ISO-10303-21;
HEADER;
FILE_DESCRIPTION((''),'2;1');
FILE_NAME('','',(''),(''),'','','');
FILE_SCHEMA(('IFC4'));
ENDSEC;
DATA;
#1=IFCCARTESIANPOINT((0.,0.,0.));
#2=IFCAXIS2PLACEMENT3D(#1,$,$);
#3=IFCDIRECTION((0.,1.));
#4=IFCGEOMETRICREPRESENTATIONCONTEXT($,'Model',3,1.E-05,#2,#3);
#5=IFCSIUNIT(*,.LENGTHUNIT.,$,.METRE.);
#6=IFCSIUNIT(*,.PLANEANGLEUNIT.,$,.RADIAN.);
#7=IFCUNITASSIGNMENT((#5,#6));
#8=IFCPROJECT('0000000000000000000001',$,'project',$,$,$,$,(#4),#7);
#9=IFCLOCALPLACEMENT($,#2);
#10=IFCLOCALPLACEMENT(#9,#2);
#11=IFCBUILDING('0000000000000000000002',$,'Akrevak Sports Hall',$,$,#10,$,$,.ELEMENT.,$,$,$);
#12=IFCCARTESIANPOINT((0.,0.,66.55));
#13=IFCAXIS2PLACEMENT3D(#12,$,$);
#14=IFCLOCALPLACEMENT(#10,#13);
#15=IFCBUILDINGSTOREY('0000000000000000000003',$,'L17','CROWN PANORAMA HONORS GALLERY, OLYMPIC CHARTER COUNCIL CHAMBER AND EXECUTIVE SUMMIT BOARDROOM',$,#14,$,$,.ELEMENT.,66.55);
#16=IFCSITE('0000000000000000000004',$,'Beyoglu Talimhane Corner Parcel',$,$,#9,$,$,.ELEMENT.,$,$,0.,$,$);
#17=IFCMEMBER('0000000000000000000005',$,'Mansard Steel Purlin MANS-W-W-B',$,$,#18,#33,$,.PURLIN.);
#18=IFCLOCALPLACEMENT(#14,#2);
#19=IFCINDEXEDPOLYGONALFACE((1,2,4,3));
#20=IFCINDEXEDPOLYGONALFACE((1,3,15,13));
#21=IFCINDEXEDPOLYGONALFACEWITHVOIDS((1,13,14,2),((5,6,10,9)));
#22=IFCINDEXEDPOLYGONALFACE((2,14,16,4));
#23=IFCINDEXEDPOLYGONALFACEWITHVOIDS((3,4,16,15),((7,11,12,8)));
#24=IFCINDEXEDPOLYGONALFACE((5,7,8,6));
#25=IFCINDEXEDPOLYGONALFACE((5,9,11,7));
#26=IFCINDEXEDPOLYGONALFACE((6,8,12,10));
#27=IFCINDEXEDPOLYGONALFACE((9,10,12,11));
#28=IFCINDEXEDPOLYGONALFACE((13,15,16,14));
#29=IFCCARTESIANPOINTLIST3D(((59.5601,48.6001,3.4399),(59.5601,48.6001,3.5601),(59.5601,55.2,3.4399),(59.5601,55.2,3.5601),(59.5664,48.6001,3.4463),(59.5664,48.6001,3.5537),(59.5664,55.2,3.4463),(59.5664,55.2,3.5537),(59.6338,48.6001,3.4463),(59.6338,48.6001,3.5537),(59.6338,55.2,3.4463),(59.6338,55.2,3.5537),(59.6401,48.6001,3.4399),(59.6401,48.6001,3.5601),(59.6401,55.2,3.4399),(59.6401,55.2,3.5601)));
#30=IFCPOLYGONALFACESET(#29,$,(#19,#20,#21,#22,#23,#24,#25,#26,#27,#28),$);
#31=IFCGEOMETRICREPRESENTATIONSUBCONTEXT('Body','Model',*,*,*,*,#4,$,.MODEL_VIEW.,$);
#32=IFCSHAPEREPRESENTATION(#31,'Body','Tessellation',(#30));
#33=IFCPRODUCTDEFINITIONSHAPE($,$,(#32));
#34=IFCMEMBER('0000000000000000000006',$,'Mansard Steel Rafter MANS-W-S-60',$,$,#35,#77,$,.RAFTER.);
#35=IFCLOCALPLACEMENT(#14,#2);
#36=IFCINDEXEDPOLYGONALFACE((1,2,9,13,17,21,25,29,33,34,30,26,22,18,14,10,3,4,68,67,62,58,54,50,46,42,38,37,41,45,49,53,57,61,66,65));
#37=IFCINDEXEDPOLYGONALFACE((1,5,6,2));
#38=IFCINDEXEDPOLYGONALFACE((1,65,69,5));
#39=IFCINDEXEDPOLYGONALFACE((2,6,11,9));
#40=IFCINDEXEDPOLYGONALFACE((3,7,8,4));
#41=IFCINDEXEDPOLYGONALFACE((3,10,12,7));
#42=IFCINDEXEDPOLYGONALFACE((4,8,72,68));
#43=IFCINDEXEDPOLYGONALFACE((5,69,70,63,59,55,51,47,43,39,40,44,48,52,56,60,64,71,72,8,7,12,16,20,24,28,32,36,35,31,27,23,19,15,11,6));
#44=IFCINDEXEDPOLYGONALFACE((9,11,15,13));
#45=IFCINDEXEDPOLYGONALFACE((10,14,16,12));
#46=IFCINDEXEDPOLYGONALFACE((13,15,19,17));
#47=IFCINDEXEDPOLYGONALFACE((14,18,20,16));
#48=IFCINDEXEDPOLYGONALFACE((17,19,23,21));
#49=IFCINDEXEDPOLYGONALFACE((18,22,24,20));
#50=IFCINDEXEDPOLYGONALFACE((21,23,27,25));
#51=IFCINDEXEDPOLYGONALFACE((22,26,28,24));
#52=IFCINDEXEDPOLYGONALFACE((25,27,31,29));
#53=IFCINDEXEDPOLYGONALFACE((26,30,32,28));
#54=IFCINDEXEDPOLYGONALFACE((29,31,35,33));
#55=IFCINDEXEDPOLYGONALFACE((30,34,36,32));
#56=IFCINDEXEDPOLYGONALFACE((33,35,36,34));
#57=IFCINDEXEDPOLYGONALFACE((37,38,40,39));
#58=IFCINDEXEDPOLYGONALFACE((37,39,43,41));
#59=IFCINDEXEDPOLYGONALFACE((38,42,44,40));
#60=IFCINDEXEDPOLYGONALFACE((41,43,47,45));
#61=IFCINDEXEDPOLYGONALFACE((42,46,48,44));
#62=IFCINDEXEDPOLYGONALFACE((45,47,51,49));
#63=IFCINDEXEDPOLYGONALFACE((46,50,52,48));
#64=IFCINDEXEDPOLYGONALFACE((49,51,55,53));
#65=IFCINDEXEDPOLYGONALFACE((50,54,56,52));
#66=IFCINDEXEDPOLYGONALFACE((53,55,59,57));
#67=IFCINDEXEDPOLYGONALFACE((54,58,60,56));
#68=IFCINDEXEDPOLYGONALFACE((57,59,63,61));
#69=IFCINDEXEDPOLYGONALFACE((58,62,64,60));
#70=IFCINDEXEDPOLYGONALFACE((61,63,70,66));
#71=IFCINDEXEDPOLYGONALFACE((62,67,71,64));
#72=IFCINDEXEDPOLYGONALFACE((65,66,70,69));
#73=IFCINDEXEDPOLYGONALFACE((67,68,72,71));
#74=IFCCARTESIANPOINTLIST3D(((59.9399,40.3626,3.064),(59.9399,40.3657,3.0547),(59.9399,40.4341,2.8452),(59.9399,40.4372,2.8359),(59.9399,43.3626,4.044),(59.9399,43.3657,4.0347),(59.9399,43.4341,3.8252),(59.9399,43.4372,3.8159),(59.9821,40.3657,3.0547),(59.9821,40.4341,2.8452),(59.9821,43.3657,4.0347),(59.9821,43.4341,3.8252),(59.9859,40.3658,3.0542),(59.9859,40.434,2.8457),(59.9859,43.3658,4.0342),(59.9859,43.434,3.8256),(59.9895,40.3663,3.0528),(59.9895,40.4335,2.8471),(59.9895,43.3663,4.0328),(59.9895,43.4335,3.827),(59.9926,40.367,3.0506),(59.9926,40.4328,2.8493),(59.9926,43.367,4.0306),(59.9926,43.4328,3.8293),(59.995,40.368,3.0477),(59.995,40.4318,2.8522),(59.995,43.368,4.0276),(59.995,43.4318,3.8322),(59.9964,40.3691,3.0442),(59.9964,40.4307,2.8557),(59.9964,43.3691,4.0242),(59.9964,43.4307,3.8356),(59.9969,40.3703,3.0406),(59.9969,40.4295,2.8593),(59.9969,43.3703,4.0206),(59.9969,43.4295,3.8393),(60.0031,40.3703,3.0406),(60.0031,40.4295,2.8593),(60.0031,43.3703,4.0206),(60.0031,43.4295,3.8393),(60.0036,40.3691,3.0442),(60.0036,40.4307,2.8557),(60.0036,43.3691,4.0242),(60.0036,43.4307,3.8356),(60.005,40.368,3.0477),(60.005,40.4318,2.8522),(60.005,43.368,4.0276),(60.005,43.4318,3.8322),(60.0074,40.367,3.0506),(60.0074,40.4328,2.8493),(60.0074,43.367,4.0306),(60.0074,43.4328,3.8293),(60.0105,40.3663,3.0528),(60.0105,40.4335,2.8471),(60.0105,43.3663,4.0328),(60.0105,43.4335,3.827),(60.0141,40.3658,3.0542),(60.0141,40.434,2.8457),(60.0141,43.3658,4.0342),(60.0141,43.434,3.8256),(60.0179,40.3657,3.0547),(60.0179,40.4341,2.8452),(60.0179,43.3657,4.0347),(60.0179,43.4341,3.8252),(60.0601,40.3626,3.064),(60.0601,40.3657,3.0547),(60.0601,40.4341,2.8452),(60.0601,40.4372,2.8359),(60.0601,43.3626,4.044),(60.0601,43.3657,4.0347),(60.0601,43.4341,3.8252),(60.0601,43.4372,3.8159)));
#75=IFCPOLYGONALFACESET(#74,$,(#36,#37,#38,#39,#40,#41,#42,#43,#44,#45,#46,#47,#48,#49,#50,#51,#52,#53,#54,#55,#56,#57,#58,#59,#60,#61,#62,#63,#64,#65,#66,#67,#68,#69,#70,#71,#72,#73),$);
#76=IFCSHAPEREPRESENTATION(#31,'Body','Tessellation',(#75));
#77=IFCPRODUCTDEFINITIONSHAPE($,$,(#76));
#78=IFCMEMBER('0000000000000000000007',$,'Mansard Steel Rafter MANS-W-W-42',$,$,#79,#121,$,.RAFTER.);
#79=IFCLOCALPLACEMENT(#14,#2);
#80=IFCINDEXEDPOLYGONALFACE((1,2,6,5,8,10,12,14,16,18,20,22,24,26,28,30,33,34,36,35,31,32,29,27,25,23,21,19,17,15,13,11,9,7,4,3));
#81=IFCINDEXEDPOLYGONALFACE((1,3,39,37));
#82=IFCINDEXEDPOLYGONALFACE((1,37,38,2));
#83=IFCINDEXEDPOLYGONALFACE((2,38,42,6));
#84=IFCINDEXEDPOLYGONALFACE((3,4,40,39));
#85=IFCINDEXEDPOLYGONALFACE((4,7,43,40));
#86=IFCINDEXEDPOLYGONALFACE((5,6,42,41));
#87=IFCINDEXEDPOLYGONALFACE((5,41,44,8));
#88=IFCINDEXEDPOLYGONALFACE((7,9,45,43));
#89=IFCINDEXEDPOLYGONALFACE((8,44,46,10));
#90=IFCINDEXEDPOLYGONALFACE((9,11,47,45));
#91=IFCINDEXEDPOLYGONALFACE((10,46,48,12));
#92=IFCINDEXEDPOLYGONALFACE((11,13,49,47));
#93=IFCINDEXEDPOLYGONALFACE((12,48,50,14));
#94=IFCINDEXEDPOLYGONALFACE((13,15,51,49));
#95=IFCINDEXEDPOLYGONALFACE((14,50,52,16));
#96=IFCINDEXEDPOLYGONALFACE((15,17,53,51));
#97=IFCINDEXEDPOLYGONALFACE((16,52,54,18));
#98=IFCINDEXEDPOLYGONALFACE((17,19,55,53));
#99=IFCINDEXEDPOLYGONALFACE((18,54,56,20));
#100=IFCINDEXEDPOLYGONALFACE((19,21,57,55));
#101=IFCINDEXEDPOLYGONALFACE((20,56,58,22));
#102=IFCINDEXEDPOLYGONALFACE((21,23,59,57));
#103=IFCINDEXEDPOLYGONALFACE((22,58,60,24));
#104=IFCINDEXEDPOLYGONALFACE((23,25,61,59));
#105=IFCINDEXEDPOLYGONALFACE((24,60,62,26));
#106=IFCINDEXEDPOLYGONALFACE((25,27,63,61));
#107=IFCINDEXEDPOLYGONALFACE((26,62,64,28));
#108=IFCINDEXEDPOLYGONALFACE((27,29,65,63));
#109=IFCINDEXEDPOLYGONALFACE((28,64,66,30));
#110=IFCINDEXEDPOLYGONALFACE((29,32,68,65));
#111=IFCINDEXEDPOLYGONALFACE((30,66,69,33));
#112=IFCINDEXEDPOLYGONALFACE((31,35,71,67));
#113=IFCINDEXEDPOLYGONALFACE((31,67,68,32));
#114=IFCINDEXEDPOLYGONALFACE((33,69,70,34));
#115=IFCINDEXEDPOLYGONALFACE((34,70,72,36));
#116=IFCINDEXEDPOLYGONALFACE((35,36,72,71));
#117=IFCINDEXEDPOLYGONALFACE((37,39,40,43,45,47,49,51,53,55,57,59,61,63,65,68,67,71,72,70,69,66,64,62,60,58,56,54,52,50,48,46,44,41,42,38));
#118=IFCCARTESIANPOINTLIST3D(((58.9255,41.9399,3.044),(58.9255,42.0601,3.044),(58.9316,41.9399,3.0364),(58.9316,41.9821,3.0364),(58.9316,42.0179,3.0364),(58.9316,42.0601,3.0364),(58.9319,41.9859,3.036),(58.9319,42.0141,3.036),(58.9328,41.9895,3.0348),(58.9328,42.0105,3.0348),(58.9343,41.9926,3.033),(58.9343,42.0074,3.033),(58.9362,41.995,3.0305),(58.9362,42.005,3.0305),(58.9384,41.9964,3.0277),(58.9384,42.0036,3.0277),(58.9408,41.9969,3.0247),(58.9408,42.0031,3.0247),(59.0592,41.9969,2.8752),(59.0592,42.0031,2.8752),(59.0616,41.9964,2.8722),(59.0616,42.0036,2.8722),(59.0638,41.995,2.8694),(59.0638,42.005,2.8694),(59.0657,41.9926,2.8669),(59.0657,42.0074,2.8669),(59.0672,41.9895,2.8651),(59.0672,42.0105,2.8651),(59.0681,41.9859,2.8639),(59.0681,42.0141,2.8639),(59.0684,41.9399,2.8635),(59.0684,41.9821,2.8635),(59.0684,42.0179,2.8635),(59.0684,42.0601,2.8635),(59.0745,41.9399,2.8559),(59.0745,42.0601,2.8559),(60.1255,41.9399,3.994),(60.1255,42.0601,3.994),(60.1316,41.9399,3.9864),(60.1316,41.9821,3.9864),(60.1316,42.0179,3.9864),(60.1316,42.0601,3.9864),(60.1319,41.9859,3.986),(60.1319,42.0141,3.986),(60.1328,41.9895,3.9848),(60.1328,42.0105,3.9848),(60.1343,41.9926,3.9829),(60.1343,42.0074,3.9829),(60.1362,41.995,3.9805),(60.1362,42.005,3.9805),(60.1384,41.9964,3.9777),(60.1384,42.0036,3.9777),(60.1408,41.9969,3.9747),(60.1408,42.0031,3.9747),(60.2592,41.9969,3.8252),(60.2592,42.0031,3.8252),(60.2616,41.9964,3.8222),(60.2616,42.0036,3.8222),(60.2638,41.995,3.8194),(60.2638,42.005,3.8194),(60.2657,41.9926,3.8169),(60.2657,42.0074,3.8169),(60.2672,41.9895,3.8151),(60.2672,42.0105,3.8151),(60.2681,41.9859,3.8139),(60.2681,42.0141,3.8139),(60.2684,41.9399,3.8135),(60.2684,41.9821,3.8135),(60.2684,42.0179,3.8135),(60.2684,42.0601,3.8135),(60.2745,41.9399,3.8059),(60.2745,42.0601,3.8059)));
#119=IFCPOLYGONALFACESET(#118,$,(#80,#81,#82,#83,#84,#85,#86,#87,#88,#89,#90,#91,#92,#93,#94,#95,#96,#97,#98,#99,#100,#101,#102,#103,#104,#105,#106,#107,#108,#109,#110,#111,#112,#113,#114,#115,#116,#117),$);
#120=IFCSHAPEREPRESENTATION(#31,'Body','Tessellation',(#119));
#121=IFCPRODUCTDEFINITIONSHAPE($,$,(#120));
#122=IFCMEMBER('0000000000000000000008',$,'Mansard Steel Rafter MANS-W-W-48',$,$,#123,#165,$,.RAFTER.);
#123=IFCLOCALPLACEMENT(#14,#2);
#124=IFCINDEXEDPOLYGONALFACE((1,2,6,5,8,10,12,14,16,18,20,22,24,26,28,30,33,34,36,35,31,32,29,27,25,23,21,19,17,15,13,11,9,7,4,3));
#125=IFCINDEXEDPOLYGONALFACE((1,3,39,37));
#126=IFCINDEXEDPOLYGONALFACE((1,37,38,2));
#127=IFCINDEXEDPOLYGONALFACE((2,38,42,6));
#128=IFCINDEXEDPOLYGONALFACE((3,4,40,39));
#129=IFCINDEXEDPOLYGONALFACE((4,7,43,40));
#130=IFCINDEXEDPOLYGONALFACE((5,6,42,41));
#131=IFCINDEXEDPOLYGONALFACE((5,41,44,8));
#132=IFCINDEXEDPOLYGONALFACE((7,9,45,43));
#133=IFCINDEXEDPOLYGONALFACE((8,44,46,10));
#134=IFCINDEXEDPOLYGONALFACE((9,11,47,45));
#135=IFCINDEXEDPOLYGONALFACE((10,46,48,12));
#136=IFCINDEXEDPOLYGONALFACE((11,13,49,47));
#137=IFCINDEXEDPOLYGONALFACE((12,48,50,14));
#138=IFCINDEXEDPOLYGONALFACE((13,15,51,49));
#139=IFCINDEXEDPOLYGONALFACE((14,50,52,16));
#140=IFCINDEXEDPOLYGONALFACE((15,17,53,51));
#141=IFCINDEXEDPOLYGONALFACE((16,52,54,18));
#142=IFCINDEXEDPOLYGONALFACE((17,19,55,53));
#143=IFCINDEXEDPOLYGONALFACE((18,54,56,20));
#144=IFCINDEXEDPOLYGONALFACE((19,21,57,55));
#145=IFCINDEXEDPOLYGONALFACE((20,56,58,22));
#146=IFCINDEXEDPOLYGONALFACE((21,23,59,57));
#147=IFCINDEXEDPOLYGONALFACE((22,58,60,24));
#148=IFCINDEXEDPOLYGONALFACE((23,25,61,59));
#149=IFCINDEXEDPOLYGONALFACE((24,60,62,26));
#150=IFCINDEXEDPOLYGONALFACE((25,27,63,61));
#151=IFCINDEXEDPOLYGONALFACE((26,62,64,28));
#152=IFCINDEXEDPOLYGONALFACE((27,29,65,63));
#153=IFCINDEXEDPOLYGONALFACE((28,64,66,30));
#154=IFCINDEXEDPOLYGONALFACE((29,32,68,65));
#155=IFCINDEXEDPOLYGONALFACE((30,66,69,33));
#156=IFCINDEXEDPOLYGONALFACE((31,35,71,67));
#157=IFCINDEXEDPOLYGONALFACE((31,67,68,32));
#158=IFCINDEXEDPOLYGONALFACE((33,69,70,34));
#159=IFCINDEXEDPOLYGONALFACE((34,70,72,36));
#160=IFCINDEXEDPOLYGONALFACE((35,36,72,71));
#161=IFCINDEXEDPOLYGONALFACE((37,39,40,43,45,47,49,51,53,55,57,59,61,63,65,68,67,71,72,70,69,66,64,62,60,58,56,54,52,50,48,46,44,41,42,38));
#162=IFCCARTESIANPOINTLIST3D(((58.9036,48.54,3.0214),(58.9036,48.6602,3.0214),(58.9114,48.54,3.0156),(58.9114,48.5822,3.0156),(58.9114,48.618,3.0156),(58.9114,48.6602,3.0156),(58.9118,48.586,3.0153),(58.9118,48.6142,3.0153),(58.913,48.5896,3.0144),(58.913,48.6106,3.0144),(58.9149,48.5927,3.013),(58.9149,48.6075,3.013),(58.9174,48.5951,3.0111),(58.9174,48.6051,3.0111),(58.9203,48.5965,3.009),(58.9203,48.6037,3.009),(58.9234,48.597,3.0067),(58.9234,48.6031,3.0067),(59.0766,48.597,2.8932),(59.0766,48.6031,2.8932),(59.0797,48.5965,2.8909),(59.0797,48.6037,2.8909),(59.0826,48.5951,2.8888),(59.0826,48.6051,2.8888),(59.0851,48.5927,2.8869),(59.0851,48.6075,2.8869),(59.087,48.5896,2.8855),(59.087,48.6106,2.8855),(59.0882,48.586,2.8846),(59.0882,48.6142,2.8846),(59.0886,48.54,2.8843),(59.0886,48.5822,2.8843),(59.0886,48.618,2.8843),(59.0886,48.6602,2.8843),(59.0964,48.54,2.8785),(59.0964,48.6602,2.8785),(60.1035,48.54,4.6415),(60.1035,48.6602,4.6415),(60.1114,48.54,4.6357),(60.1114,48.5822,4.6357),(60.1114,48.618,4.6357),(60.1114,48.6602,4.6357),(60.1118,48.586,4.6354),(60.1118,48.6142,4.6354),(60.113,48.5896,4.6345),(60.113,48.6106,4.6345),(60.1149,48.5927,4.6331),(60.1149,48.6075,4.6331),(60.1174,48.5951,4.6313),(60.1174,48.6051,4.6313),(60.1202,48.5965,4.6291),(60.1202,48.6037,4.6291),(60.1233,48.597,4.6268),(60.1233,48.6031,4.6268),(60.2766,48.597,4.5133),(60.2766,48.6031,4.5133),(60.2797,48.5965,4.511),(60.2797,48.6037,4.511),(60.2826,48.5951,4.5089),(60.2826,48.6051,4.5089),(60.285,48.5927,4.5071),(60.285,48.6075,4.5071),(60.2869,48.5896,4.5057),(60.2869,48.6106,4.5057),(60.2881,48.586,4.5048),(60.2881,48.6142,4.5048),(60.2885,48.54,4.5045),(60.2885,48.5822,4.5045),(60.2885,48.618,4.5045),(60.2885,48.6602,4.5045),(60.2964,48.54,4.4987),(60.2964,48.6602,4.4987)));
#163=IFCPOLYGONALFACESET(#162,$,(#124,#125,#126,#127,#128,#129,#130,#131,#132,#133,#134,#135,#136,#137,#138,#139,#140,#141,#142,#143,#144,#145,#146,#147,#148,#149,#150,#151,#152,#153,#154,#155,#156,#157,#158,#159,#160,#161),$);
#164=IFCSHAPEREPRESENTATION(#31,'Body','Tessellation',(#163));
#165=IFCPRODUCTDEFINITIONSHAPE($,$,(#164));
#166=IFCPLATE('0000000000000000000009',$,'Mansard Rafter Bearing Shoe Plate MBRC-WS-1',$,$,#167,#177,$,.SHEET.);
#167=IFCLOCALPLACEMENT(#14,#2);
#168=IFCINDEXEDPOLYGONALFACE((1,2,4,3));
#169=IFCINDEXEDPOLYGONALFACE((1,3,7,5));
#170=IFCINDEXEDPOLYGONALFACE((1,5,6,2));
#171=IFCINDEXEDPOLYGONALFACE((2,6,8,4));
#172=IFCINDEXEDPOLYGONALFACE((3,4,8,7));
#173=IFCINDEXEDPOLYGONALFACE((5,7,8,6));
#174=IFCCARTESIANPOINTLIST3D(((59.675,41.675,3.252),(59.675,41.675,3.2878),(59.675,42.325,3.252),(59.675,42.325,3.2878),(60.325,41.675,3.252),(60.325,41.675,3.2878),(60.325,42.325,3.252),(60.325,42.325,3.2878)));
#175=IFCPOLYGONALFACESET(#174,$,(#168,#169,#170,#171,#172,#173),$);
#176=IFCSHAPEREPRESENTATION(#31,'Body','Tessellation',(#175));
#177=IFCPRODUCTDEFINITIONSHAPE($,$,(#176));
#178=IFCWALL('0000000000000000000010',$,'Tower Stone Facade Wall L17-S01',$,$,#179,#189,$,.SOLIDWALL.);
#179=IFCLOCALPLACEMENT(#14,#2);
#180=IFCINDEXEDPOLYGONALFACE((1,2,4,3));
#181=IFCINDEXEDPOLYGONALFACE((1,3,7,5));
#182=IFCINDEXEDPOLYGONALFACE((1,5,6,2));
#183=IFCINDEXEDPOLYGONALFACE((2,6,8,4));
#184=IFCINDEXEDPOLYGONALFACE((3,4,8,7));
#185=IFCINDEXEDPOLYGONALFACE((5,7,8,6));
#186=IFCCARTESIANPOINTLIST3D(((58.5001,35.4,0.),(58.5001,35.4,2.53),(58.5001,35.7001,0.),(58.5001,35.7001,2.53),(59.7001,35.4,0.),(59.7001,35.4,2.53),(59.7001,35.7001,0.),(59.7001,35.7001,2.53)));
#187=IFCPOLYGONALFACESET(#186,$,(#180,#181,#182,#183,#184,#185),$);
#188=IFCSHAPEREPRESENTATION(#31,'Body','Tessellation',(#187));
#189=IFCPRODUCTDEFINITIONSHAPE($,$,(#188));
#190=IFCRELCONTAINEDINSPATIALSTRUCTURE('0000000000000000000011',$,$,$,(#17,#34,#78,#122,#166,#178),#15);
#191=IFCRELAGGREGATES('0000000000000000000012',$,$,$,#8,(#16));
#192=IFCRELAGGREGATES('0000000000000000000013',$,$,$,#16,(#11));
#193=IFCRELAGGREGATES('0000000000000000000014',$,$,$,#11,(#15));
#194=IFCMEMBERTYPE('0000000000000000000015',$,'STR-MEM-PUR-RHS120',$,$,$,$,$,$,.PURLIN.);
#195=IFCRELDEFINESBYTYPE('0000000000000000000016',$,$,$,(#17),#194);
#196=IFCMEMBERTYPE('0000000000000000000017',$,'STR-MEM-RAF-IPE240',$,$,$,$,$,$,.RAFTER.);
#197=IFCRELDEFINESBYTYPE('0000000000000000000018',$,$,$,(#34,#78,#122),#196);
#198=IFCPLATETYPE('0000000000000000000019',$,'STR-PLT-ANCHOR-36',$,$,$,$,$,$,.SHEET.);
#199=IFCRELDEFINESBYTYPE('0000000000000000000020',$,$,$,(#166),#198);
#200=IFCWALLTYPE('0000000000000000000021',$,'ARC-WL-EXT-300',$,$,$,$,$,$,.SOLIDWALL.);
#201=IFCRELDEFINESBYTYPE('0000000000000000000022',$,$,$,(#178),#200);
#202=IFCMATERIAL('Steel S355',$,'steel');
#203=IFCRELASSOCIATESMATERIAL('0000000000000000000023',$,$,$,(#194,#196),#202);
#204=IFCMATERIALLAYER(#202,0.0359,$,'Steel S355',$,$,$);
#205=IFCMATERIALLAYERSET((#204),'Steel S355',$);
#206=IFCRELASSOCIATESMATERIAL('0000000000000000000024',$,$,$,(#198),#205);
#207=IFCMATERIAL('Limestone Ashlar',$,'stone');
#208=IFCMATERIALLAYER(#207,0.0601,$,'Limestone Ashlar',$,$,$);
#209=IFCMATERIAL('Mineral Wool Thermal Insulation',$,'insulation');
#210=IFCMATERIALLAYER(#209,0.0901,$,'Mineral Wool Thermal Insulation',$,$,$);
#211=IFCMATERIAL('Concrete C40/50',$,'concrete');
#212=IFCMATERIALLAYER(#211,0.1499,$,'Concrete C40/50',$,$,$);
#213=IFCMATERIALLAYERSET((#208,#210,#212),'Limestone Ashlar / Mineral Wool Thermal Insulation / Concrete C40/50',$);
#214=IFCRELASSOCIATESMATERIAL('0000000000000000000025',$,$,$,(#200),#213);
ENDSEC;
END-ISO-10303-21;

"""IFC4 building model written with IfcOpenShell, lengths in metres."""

from ifc_helpers import new_model, si_unit, direction, frame, frame_2d, origin, origin_2d, place, context, subcontext, project, spatial, rectangle, hollow_rectangle, i_section, extrude, material, layer, layer_set, material_profile, profile_set, type_object, element, save


model = new_model("IFC4")

# Units and contexts
model_context = context("Model", 3, precision=1e-05, world=origin(), true_north=direction((0.0, 1.0)))
body_context = subcontext(model_context, "Body", "Model", "MODEL_VIEW")
ifc_project = project(units=[si_unit("LENGTHUNIT", "METRE"), si_unit("PLANEANGLEUNIT", "RADIAN")], contexts=[model_context])

# Site, building, storey
site_placement = place(None, origin())
site = spatial("IfcSite", under=ifc_project, at=site_placement, Name="Beyoglu Talimhane Corner Parcel", CompositionType="ELEMENT", RefElevation=0.0)
building_placement = place(site_placement, origin())
building = spatial("IfcBuilding", under=site, at=building_placement, Name="Akrevak Sports Hall", CompositionType="ELEMENT")
storey_placement = place(building_placement, frame((0.0, 0.0, 66.55)))
storey = spatial("IfcBuildingStorey", under=building, at=storey_placement, Name="L17", Description="CROWN PANORAMA HONORS GALLERY, OLYMPIC CHARTER COUNCIL CHAMBER AND EXECUTIVE SUMMIT BOARDROOM", CompositionType="ELEMENT", Elevation=66.55)

# Shared definitions
ifc_material_1 = material(Name="Concrete C40/50", Category="concrete")

# Members
ifc_material_2 = material(Name="Steel S355", Category="steel")
ifc_material_profile_1 = material_profile(ifc_material_2, hollow_rectangle(XDim=0.0801, YDim=0.1201, WallThickness=0.0063, at=origin_2d()), Name="RHS 120x80x6.3", Category="steel")
ifc_profile_set_1 = profile_set([ifc_material_profile_1], Name="Steel S355")
member_type_1 = type_object("IfcMemberType", Name="STR-MEM-PUR-RHS120", PredefinedType="PURLIN", material=ifc_profile_set_1)
member_1_placement = place(storey_placement, frame((59.6001, 48.6001, 3.5), z_axis=(0.0, 1.0, 0.0), x_axis=(-1.0, 0.0, 0.0)))
element("IfcMember", 1, at=member_1_placement, inside=storey, type_object=member_type_1, Name="Mansard Steel Purlin MANS-W-W-B", PredefinedType="PURLIN", context=body_context, shape_type="SweptSolid", body=[
    extrude(hollow_rectangle(XDim=0.0801, YDim=0.1201, WallThickness=0.0063, at=origin_2d()), origin(), (0.0, 0.0, 1.0), 6.5999),
])
ifc_material_profile_2 = material_profile(ifc_material_2, i_section(OverallWidth=0.1201, OverallDepth=0.24, WebThickness=0.0061, FlangeThickness=0.0098, FilletRadius=0.0149, at=origin_2d()), Name="IPE 240", Category="steel")
ifc_profile_set_2 = profile_set([ifc_material_profile_2], Name="Steel S355")
member_type_2 = type_object("IfcMemberType", Name="STR-MEM-RAF-IPE240", PredefinedType="RAFTER", material=ifc_profile_set_2)
member_2_placement = place(storey_placement, frame((60.0, 40.3999, 2.95), z_axis=(0.0, 0.950569, 0.310513), x_axis=(-1.0, 0.0, 0.0)))
element("IfcMember", 2, at=member_2_placement, inside=storey, type_object=member_type_2, Name="Mansard Steel Rafter MANS-W-S-60", PredefinedType="RAFTER", context=body_context, shape_type="SweptSolid", body=[
    extrude(i_section(OverallWidth=0.1201, OverallDepth=0.24, WebThickness=0.0061, FlangeThickness=0.0098, FilletRadius=0.0149, at=origin_2d()), origin(), (0.0, 0.0, 1.0), 3.156),
])
member_3_placement = place(storey_placement, frame((59.0, 42.0, 2.95), z_axis=(0.784049, 0.0, 0.620699), x_axis=(0.0, 1.0, 0.0)))
element("IfcMember", 3, at=member_3_placement, inside=storey, type_object=member_type_2, Name="Mansard Steel Rafter MANS-W-W-42", PredefinedType="RAFTER", context=body_context, shape_type="SweptSolid", body=[
    extrude(i_section(OverallWidth=0.1201, OverallDepth=0.24, WebThickness=0.0061, FlangeThickness=0.0098, FilletRadius=0.0149, at=origin_2d()), origin(), (0.0, 0.0, 1.0), 1.5305),
])
member_4_placement = place(storey_placement, frame((59.0, 48.6001, 2.95), z_axis=(0.595184, 0.0, 0.803589), x_axis=(0.0, 1.0, 0.0)))
element("IfcMember", 4, at=member_4_placement, inside=storey, type_object=member_type_2, Name="Mansard Steel Rafter MANS-W-W-48", PredefinedType="RAFTER", context=body_context, shape_type="SweptSolid", body=[
    extrude(i_section(OverallWidth=0.1201, OverallDepth=0.24, WebThickness=0.0061, FlangeThickness=0.0098, FilletRadius=0.0149, at=origin_2d()), origin(), (0.0, 0.0, 1.0), 2.0161),
])

# Plate
ifc_layer_1 = layer(ifc_material_2, 0.0359, Name="Steel S355")
ifc_layer_set_1 = layer_set([ifc_layer_1], Name="Steel S355")
plate_type = type_object("IfcPlateType", Name="STR-PLT-ANCHOR-36", PredefinedType="SHEET", material=ifc_layer_set_1)
plate_placement = place(storey_placement, frame((60.0, 42.0, 3.252), z_axis=(0.0, 0.0, 1.0), x_axis=(1.0, 0.0, 0.0)))
element("IfcPlate", 5, at=plate_placement, inside=storey, type_object=plate_type, Name="Mansard Rafter Bearing Shoe Plate MBRC-WS-1", PredefinedType="SHEET", context=body_context, shape_type="SweptSolid", body=[
    extrude(rectangle(XDim=0.6499, YDim=0.6499, at=origin_2d()), origin(), (0.0, 0.0, 1.0), 0.0359),
])

# Wall
ifc_material_3 = material(Name="Limestone Ashlar", Category="stone")
ifc_layer_2 = layer(ifc_material_3, 0.0601, Name="Limestone Ashlar")
ifc_material_4 = material(Name="Mineral Wool Thermal Insulation", Category="insulation")
ifc_layer_3 = layer(ifc_material_4, 0.0901, Name="Mineral Wool Thermal Insulation")
ifc_layer_4 = layer(ifc_material_1, 0.1499, Name="Concrete C40/50")
ifc_layer_set_2 = layer_set([ifc_layer_2, ifc_layer_3, ifc_layer_4], Name="Limestone Ashlar / Mineral Wool Thermal Insulation / Concrete C40/50")
wall_type_1 = type_object("IfcWallType", Name="ARC-WL-EXT-300", PredefinedType="SOLIDWALL", material=ifc_layer_set_2)
wall_1_placement = place(storey_placement, frame((58.5, 35.55, 0.0), z_axis=(0.0, 0.0, 1.0), x_axis=(1.0, 0.0, 0.0)))
element("IfcWall", 6, at=wall_1_placement, inside=storey, type_object=wall_type_1, Name="Tower Stone Facade Wall L17-S01", PredefinedType="SOLIDWALL", context=body_context, shape_type="SweptSolid", body=[
    extrude(rectangle(XDim=1.2, YDim=0.3, at=frame_2d((0.6001, 0.0))), origin(), (0.0, 0.0, 1.0), 2.53),
])

save(model, "model.ifc")
